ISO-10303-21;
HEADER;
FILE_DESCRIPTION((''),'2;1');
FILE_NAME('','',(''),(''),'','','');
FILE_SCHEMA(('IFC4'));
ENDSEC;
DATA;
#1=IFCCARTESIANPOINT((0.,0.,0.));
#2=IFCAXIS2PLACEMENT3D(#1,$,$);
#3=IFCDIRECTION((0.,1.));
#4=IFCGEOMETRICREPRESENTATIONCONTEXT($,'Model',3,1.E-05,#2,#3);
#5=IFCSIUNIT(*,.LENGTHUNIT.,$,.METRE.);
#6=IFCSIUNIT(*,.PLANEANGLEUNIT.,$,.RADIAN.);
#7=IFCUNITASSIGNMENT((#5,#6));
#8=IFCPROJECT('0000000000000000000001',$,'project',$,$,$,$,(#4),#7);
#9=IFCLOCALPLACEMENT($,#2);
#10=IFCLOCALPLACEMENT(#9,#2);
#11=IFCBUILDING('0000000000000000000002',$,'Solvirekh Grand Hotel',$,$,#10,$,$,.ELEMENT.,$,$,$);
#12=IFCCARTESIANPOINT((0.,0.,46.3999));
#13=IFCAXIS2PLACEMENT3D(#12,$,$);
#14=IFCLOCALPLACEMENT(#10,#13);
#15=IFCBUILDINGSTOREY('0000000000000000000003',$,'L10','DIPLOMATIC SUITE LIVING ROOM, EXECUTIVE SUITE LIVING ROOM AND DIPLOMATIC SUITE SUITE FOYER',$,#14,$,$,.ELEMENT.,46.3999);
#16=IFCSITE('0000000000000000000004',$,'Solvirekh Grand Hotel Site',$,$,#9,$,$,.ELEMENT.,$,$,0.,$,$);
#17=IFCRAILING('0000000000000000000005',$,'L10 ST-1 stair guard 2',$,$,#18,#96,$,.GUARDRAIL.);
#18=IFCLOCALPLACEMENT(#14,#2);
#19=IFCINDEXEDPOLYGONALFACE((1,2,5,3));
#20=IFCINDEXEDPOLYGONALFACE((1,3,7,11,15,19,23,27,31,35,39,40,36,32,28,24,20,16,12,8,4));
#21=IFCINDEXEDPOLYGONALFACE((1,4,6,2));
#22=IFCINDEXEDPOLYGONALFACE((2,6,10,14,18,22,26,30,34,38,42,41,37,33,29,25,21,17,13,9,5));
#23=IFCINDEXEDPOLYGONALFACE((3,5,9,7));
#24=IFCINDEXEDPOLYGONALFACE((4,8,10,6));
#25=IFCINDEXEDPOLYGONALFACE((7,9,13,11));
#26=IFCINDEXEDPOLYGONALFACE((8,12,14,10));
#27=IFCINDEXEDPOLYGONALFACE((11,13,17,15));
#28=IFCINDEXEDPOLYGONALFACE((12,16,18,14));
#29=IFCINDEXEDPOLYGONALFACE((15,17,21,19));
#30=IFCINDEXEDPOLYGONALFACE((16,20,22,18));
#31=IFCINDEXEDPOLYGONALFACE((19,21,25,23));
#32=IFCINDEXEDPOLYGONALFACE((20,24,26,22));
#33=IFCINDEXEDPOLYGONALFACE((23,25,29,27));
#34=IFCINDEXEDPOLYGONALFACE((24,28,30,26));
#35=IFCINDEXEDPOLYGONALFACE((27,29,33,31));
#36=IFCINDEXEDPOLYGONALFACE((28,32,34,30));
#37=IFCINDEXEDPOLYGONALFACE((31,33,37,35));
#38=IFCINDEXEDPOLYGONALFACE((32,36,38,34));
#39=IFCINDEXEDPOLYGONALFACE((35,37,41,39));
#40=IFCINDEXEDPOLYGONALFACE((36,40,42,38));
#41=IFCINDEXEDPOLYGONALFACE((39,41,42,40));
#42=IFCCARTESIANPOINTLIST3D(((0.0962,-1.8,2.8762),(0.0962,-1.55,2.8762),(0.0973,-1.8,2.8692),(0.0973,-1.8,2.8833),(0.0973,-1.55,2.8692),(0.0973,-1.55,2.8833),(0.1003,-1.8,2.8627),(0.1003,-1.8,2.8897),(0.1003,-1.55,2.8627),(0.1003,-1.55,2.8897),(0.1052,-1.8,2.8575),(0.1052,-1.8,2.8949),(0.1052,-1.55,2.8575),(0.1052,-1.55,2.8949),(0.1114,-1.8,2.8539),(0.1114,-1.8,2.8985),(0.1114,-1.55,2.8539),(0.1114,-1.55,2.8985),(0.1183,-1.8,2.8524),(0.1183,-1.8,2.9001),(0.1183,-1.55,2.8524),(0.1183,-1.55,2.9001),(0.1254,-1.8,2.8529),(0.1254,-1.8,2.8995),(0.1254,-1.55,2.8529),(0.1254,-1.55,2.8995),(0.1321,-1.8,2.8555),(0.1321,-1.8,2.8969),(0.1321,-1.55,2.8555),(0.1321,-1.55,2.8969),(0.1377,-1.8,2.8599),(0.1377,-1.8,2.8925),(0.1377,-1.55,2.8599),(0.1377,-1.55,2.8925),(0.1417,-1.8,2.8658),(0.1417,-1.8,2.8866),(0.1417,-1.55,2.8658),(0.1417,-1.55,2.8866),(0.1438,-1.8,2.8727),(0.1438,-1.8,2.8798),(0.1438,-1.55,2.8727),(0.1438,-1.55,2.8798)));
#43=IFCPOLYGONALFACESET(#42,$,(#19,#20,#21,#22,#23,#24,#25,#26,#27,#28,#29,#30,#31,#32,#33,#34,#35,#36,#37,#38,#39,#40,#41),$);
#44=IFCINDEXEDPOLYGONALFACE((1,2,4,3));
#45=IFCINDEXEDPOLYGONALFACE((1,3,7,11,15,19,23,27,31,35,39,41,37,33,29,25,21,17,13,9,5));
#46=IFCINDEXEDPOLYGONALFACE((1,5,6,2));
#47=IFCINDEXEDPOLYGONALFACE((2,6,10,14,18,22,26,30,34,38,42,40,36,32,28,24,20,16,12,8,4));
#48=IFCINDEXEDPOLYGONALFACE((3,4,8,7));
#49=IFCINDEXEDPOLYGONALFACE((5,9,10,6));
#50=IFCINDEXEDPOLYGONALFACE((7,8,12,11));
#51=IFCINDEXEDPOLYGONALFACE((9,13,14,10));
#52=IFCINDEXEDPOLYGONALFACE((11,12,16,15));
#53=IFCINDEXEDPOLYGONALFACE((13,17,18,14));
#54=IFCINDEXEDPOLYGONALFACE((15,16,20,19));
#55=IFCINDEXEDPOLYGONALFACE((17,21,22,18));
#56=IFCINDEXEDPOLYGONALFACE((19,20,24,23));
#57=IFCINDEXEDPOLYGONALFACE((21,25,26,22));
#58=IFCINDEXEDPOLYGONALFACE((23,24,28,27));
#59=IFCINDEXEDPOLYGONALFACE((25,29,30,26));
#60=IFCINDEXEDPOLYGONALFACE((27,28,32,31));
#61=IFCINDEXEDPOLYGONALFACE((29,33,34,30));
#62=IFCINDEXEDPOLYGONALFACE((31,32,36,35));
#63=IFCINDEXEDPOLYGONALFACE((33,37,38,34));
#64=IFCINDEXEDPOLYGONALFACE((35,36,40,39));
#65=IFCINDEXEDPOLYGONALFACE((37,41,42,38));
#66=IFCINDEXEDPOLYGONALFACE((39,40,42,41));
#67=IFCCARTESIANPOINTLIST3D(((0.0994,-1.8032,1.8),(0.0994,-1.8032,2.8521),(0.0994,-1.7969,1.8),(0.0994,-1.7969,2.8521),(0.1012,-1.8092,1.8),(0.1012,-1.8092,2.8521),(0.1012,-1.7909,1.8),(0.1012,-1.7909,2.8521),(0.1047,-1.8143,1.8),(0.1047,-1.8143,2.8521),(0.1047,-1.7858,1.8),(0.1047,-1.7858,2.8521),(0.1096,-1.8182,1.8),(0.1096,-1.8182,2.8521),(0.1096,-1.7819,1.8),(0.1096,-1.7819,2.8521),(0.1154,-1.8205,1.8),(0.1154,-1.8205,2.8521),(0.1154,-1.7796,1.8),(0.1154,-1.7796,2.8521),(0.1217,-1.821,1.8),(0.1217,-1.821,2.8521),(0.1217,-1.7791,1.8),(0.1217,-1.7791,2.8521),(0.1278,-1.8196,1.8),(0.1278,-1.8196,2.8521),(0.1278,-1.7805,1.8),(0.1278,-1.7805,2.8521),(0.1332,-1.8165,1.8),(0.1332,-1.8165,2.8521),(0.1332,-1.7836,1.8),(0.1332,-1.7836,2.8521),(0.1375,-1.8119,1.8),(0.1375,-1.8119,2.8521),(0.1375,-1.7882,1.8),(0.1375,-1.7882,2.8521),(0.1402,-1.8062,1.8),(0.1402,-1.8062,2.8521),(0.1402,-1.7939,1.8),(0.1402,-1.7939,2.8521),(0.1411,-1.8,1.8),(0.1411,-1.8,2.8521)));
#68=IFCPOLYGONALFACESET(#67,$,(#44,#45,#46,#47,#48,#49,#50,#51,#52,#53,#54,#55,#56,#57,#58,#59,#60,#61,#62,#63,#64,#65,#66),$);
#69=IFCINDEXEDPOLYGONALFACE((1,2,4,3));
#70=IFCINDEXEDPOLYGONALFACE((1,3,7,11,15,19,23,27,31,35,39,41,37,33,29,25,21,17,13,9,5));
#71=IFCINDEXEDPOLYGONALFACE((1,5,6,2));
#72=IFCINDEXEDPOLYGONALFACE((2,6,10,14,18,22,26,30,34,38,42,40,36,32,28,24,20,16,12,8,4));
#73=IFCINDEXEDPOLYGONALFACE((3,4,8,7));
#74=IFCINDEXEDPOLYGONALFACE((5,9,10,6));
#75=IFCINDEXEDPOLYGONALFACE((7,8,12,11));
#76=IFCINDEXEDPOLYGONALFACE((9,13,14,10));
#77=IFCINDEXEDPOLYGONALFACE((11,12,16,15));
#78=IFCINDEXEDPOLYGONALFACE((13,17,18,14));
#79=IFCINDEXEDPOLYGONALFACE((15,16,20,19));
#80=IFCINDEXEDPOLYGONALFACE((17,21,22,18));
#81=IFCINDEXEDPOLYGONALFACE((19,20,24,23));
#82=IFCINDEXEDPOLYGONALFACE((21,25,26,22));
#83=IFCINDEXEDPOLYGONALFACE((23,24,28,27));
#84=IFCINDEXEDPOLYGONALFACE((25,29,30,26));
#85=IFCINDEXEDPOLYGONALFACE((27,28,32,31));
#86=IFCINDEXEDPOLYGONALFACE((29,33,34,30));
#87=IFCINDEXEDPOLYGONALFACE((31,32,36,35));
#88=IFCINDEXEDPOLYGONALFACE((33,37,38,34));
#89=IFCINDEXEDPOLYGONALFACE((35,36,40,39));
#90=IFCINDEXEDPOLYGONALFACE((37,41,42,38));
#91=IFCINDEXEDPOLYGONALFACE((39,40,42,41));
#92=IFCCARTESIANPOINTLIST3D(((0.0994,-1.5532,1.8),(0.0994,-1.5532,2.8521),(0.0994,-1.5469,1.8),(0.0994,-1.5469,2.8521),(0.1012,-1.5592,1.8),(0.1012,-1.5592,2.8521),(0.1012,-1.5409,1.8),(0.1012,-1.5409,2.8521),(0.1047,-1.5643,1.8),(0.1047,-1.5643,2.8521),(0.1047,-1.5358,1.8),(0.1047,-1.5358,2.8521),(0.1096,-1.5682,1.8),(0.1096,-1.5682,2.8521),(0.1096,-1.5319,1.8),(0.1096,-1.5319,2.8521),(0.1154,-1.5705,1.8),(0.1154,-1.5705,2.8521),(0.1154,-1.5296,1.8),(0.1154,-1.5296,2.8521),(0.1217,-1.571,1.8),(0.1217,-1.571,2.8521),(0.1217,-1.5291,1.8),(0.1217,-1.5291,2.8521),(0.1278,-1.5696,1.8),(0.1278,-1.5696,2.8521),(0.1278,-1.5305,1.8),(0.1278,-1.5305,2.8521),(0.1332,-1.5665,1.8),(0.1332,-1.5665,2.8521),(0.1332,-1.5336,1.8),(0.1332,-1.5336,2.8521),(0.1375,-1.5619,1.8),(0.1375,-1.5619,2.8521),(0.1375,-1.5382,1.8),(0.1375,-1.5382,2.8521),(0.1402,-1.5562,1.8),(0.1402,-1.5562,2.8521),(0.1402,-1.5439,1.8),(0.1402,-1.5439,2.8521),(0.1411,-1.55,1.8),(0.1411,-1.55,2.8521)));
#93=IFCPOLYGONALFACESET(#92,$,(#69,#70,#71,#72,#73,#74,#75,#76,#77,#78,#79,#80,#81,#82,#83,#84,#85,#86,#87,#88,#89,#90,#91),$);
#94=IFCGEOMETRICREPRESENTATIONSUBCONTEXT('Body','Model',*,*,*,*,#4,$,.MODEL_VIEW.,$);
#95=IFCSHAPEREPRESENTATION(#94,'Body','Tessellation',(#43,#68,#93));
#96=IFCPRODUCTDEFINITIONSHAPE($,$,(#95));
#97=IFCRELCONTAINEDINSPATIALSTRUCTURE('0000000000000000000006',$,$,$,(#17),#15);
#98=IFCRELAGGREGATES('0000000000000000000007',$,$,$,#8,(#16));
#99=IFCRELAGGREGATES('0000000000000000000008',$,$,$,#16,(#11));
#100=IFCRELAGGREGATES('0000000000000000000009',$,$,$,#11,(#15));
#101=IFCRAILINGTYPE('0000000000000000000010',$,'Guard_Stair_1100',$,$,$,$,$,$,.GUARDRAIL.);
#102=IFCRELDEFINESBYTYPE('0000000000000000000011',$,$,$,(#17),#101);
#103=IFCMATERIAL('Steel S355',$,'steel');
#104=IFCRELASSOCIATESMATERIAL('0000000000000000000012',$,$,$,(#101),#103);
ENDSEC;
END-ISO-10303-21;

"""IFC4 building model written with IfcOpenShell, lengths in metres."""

from ifc_helpers import new_model, si_unit, direction, frame, origin, origin_2d, place, context, subcontext, project, spatial, circle, extrude, material, type_object, element, save


model = new_model("IFC4")

# Units and contexts
model_context = context("Model", 3, precision=1e-05, world=origin(), true_north=direction((0.0, 1.0)))
body_context = subcontext(model_context, "Body", "Model", "MODEL_VIEW")
ifc_project = project(units=[si_unit("LENGTHUNIT", "METRE"), si_unit("PLANEANGLEUNIT", "RADIAN")], contexts=[model_context])

# Site, building, storey
site_placement = place(None, origin())
site = spatial("IfcSite", under=ifc_project, at=site_placement, Name="Solvirekh Grand Hotel Site", CompositionType="ELEMENT", RefElevation=0.0)
building_placement = place(site_placement, origin())
building = spatial("IfcBuilding", under=site, at=building_placement, Name="Solvirekh Grand Hotel", CompositionType="ELEMENT")
storey_placement = place(building_placement, frame((0.0, 0.0, 46.3999)))
storey = spatial("IfcBuildingStorey", under=building, at=storey_placement, Name="L10", Description="DIPLOMATIC SUITE LIVING ROOM, EXECUTIVE SUITE LIVING ROOM AND DIPLOMATIC SUITE SUITE FOYER", CompositionType="ELEMENT", Elevation=46.3999)

# Railing
ifc_material_1 = material(Name="Steel S355", Category="steel")
railing_type_1 = type_object("IfcRailingType", Name="Guard_Stair_1100", PredefinedType="GUARDRAIL", material=ifc_material_1)
railing_1_placement = place(storey_placement, frame((0.1201, -1.8, 1.8)))
element("IfcRailing", 1, at=railing_1_placement, inside=storey, type_object=railing_type_1, Name="L10 ST-1 stair guard 2", PredefinedType="GUARDRAIL", context=body_context, shape_type="SweptSolid", body=[
    extrude(circle(Radius=0.0239, at=origin_2d()), frame((0.0, 0.0, 1.0762), z_axis=(0.0, 1.0, 0.0), x_axis=(-1.0, 0.0, 0.0)), (0.0, 0.0, 1.0), 0.25),
    extrude(circle(Radius=0.021, at=origin_2d()), origin(), (0.0, 0.0, 1.0), 1.052),
    extrude(circle(Radius=0.021, at=origin_2d()), frame((0.0, 0.25, 0.0)), (0.0, 0.0, 1.0), 1.052),
])

save(model, "model.ifc")
